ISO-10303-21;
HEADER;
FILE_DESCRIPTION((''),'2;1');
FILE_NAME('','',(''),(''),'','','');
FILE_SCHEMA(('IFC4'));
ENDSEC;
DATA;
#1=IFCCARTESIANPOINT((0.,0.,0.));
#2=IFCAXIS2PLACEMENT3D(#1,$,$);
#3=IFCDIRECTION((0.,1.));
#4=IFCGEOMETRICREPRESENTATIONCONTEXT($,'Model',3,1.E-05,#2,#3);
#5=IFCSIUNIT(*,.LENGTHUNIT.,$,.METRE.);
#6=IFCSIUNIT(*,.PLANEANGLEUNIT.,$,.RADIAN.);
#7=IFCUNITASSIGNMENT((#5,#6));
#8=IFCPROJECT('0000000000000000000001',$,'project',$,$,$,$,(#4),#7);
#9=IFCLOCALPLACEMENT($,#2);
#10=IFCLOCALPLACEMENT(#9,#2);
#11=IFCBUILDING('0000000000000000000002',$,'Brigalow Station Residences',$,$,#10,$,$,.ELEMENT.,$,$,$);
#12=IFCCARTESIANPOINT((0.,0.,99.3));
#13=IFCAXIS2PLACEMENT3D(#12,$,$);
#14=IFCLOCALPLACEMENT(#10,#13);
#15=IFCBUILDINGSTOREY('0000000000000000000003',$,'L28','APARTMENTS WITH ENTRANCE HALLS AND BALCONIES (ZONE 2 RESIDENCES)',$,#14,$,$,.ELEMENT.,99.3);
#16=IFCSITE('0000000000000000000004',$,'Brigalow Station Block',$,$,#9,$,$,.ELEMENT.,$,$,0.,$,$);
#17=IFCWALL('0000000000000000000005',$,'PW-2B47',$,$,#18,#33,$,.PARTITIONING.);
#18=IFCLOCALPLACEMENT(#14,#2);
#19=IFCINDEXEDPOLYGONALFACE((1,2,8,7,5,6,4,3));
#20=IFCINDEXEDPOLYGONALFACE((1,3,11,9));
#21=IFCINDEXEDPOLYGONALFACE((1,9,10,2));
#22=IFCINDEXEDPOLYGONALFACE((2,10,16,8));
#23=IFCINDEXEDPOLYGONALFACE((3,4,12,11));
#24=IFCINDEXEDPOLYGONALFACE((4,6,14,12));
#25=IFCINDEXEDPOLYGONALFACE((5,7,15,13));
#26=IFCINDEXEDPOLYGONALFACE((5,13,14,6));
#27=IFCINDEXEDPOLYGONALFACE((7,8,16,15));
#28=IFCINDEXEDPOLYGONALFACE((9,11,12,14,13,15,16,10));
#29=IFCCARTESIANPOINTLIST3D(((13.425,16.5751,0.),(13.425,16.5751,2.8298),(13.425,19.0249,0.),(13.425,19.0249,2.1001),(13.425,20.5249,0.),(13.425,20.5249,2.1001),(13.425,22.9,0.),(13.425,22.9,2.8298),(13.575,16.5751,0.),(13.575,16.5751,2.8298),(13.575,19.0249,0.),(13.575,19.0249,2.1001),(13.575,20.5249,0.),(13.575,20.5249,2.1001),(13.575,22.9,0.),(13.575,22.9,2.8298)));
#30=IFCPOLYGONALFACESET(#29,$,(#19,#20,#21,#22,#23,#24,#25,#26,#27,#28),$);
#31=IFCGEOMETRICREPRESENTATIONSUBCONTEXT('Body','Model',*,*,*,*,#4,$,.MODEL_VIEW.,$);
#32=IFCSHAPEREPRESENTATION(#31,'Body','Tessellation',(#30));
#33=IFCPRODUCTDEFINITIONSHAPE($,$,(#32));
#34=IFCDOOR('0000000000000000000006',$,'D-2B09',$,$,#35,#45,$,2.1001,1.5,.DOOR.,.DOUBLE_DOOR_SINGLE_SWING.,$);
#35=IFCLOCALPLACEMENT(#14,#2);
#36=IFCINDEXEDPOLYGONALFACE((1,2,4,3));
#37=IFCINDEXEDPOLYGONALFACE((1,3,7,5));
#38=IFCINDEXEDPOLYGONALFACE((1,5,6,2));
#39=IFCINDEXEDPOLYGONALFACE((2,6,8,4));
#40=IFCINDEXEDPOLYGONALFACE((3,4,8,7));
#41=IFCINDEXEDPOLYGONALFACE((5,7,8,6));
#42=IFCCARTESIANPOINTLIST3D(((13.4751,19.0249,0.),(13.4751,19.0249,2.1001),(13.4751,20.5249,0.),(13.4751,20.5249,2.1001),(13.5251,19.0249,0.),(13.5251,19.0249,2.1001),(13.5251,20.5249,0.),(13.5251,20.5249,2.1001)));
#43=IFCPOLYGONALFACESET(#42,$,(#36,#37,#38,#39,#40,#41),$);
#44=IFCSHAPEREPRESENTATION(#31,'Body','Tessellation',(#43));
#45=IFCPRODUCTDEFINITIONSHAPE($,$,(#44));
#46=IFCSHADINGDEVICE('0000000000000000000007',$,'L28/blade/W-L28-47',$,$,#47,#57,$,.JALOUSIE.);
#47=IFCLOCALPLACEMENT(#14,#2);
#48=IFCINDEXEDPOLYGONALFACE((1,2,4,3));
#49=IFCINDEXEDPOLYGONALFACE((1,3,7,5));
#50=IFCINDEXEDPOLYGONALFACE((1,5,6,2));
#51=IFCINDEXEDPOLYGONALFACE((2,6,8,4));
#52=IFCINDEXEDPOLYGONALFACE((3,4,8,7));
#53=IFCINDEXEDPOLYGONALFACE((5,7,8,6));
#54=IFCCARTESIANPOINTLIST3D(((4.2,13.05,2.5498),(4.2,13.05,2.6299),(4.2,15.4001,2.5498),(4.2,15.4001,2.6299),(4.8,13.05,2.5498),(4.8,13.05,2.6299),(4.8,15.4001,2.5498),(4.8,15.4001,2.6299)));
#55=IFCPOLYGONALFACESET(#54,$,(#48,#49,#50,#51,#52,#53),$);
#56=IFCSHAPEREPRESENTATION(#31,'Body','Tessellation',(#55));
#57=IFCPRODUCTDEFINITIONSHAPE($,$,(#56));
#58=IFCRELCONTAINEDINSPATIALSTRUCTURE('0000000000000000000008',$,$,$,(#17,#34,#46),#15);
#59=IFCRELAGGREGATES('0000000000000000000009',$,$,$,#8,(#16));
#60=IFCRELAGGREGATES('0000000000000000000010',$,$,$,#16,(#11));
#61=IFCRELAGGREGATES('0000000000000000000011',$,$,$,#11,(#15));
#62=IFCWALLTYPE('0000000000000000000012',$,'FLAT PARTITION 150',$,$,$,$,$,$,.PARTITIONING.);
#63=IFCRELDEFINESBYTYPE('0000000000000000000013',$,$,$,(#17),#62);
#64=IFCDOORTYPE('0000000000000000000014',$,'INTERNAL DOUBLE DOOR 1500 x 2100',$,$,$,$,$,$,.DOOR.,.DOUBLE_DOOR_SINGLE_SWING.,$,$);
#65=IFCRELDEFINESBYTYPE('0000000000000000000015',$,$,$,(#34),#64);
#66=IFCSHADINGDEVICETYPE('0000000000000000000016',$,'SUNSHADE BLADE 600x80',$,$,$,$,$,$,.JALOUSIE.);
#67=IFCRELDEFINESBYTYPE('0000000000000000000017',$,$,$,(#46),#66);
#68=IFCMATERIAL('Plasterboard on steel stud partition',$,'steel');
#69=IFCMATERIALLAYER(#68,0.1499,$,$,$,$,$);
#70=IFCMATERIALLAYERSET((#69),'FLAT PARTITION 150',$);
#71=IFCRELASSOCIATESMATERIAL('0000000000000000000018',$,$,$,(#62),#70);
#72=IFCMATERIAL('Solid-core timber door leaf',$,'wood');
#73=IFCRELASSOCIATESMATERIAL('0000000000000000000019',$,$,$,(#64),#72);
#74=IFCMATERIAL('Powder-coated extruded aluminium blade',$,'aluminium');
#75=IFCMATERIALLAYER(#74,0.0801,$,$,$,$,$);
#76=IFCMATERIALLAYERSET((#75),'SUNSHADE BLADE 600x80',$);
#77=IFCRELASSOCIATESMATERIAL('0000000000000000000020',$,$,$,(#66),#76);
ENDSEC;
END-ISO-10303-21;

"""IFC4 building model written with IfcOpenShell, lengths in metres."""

from ifc_helpers import new_model, si_unit, direction, frame, frame_2d, origin, origin_2d, place, context, subcontext, project, spatial, rectangle, extrude, material, layer, layer_set, type_object, element, fill, save


model = new_model("IFC4")

# Units and contexts
model_context = context("Model", 3, precision=1e-05, world=origin(), true_north=direction((0.0, 1.0)))
body_context = subcontext(model_context, "Body", "Model", "MODEL_VIEW")
ifc_project = project(units=[si_unit("LENGTHUNIT", "METRE"), si_unit("PLANEANGLEUNIT", "RADIAN")], contexts=[model_context])

# Site, building, storey
site_placement = place(None, origin())
site = spatial("IfcSite", under=ifc_project, at=site_placement, Name="Brigalow Station Block", CompositionType="ELEMENT", RefElevation=0.0)
building_placement = place(site_placement, origin())
building = spatial("IfcBuilding", under=site, at=building_placement, Name="Brigalow Station Residences", CompositionType="ELEMENT")
storey_placement = place(building_placement, frame((0.0, 0.0, 99.3)))
storey = spatial("IfcBuildingStorey", under=building, at=storey_placement, Name="L28", Description="APARTMENTS WITH ENTRANCE HALLS AND BALCONIES (ZONE 2 RESIDENCES)", CompositionType="ELEMENT", Elevation=99.3)

# Shared definitions
ifc_material_1 = material(Name="Plasterboard on steel stud partition", Category="steel")
ifc_layer_1 = layer(ifc_material_1, 0.1499)
ifc_layer_set_1 = layer_set([ifc_layer_1], Name="FLAT PARTITION 150")
wall_type_1 = type_object("IfcWallType", Name="FLAT PARTITION 150", PredefinedType="PARTITIONING", material=ifc_layer_set_1)

# Wall, opening, door
wall_1_placement = place(storey_placement, frame((13.5, 16.575, 0.0), z_axis=(0.0, 0.0, 1.0), x_axis=(0.0, 1.0, 0.0)))
wall_1 = element("IfcWall", 1, at=wall_1_placement, inside=storey, type_object=wall_type_1, Name="PW-2B47", PredefinedType="PARTITIONING", context=body_context, shape_type="SweptSolid", body=[
    extrude(rectangle(XDim=6.325, YDim=0.1499, at=frame_2d((3.1626, 0.0))), origin(), (0.0, 0.0, 1.0), 2.8298),
])
opening_1_placement = place(wall_1_placement, frame((2.45, 0.0, 0.0)))
opening_1 = element("IfcOpeningElement", 2, at=opening_1_placement, cuts=wall_1, PredefinedType="OPENING", context=body_context, shape_type="SweptSolid", body=[
    extrude(rectangle(XDim=1.5, YDim=2.1001, at=frame_2d((0.75, 1.05))), frame((0.0, 0.085, 0.0), z_axis=(0.0, -1.0, 0.0), x_axis=(1.0, 0.0, 0.0)), (0.0, 0.0, 1.0), 0.1699),
])
ifc_material_2 = material(Name="Solid-core timber door leaf", Category="wood")
door_type_1 = type_object("IfcDoorType", Name="INTERNAL DOUBLE DOOR 1500 x 2100", OperationType="DOUBLE_DOOR_SINGLE_SWING", PredefinedType="DOOR", material=ifc_material_2)
door_1_placement = place(opening_1_placement, origin())
door_1 = element("IfcDoor", 3, at=door_1_placement, inside=storey, type_object=door_type_1, Name="D-2B09", OperationType="DOUBLE_DOOR_SINGLE_SWING", OverallHeight=2.1001, OverallWidth=1.5, PredefinedType="DOOR", context=body_context, shape_type="SweptSolid", body=[
    extrude(rectangle(XDim=1.5, YDim=2.1001, at=frame_2d((0.75, 1.05))), frame((0.0, 0.0249, 0.0), z_axis=(0.0, -1.0, 0.0), x_axis=(1.0, 0.0, 0.0)), (0.0, 0.0, 1.0), 0.05),
])
fill(opening_1, door_1)

# Shading device
ifc_material_3 = material(Name="Powder-coated extruded aluminium blade", Category="aluminium")
ifc_layer_2 = layer(ifc_material_3, 0.0801)
ifc_layer_set_2 = layer_set([ifc_layer_2], Name="SUNSHADE BLADE 600x80")
shading_device_type = type_object("IfcShadingDeviceType", Name="SUNSHADE BLADE 600x80", PredefinedType="JALOUSIE", material=ifc_layer_set_2)
shading_device_placement = place(storey_placement, frame((4.5, 14.2251, 2.5498), z_axis=(0.0, 0.0, 1.0), x_axis=(0.0, -1.0, 0.0)))
element("IfcShadingDevice", 4, at=shading_device_placement, inside=storey, type_object=shading_device_type, Name="L28/blade/W-L28-47", PredefinedType="JALOUSIE", context=body_context, shape_type="SweptSolid", body=[
    extrude(rectangle(XDim=2.3501, YDim=0.6001, at=origin_2d()), origin(), (0.0, 0.0, 1.0), 0.0801),
])

save(model, "model.ifc")
